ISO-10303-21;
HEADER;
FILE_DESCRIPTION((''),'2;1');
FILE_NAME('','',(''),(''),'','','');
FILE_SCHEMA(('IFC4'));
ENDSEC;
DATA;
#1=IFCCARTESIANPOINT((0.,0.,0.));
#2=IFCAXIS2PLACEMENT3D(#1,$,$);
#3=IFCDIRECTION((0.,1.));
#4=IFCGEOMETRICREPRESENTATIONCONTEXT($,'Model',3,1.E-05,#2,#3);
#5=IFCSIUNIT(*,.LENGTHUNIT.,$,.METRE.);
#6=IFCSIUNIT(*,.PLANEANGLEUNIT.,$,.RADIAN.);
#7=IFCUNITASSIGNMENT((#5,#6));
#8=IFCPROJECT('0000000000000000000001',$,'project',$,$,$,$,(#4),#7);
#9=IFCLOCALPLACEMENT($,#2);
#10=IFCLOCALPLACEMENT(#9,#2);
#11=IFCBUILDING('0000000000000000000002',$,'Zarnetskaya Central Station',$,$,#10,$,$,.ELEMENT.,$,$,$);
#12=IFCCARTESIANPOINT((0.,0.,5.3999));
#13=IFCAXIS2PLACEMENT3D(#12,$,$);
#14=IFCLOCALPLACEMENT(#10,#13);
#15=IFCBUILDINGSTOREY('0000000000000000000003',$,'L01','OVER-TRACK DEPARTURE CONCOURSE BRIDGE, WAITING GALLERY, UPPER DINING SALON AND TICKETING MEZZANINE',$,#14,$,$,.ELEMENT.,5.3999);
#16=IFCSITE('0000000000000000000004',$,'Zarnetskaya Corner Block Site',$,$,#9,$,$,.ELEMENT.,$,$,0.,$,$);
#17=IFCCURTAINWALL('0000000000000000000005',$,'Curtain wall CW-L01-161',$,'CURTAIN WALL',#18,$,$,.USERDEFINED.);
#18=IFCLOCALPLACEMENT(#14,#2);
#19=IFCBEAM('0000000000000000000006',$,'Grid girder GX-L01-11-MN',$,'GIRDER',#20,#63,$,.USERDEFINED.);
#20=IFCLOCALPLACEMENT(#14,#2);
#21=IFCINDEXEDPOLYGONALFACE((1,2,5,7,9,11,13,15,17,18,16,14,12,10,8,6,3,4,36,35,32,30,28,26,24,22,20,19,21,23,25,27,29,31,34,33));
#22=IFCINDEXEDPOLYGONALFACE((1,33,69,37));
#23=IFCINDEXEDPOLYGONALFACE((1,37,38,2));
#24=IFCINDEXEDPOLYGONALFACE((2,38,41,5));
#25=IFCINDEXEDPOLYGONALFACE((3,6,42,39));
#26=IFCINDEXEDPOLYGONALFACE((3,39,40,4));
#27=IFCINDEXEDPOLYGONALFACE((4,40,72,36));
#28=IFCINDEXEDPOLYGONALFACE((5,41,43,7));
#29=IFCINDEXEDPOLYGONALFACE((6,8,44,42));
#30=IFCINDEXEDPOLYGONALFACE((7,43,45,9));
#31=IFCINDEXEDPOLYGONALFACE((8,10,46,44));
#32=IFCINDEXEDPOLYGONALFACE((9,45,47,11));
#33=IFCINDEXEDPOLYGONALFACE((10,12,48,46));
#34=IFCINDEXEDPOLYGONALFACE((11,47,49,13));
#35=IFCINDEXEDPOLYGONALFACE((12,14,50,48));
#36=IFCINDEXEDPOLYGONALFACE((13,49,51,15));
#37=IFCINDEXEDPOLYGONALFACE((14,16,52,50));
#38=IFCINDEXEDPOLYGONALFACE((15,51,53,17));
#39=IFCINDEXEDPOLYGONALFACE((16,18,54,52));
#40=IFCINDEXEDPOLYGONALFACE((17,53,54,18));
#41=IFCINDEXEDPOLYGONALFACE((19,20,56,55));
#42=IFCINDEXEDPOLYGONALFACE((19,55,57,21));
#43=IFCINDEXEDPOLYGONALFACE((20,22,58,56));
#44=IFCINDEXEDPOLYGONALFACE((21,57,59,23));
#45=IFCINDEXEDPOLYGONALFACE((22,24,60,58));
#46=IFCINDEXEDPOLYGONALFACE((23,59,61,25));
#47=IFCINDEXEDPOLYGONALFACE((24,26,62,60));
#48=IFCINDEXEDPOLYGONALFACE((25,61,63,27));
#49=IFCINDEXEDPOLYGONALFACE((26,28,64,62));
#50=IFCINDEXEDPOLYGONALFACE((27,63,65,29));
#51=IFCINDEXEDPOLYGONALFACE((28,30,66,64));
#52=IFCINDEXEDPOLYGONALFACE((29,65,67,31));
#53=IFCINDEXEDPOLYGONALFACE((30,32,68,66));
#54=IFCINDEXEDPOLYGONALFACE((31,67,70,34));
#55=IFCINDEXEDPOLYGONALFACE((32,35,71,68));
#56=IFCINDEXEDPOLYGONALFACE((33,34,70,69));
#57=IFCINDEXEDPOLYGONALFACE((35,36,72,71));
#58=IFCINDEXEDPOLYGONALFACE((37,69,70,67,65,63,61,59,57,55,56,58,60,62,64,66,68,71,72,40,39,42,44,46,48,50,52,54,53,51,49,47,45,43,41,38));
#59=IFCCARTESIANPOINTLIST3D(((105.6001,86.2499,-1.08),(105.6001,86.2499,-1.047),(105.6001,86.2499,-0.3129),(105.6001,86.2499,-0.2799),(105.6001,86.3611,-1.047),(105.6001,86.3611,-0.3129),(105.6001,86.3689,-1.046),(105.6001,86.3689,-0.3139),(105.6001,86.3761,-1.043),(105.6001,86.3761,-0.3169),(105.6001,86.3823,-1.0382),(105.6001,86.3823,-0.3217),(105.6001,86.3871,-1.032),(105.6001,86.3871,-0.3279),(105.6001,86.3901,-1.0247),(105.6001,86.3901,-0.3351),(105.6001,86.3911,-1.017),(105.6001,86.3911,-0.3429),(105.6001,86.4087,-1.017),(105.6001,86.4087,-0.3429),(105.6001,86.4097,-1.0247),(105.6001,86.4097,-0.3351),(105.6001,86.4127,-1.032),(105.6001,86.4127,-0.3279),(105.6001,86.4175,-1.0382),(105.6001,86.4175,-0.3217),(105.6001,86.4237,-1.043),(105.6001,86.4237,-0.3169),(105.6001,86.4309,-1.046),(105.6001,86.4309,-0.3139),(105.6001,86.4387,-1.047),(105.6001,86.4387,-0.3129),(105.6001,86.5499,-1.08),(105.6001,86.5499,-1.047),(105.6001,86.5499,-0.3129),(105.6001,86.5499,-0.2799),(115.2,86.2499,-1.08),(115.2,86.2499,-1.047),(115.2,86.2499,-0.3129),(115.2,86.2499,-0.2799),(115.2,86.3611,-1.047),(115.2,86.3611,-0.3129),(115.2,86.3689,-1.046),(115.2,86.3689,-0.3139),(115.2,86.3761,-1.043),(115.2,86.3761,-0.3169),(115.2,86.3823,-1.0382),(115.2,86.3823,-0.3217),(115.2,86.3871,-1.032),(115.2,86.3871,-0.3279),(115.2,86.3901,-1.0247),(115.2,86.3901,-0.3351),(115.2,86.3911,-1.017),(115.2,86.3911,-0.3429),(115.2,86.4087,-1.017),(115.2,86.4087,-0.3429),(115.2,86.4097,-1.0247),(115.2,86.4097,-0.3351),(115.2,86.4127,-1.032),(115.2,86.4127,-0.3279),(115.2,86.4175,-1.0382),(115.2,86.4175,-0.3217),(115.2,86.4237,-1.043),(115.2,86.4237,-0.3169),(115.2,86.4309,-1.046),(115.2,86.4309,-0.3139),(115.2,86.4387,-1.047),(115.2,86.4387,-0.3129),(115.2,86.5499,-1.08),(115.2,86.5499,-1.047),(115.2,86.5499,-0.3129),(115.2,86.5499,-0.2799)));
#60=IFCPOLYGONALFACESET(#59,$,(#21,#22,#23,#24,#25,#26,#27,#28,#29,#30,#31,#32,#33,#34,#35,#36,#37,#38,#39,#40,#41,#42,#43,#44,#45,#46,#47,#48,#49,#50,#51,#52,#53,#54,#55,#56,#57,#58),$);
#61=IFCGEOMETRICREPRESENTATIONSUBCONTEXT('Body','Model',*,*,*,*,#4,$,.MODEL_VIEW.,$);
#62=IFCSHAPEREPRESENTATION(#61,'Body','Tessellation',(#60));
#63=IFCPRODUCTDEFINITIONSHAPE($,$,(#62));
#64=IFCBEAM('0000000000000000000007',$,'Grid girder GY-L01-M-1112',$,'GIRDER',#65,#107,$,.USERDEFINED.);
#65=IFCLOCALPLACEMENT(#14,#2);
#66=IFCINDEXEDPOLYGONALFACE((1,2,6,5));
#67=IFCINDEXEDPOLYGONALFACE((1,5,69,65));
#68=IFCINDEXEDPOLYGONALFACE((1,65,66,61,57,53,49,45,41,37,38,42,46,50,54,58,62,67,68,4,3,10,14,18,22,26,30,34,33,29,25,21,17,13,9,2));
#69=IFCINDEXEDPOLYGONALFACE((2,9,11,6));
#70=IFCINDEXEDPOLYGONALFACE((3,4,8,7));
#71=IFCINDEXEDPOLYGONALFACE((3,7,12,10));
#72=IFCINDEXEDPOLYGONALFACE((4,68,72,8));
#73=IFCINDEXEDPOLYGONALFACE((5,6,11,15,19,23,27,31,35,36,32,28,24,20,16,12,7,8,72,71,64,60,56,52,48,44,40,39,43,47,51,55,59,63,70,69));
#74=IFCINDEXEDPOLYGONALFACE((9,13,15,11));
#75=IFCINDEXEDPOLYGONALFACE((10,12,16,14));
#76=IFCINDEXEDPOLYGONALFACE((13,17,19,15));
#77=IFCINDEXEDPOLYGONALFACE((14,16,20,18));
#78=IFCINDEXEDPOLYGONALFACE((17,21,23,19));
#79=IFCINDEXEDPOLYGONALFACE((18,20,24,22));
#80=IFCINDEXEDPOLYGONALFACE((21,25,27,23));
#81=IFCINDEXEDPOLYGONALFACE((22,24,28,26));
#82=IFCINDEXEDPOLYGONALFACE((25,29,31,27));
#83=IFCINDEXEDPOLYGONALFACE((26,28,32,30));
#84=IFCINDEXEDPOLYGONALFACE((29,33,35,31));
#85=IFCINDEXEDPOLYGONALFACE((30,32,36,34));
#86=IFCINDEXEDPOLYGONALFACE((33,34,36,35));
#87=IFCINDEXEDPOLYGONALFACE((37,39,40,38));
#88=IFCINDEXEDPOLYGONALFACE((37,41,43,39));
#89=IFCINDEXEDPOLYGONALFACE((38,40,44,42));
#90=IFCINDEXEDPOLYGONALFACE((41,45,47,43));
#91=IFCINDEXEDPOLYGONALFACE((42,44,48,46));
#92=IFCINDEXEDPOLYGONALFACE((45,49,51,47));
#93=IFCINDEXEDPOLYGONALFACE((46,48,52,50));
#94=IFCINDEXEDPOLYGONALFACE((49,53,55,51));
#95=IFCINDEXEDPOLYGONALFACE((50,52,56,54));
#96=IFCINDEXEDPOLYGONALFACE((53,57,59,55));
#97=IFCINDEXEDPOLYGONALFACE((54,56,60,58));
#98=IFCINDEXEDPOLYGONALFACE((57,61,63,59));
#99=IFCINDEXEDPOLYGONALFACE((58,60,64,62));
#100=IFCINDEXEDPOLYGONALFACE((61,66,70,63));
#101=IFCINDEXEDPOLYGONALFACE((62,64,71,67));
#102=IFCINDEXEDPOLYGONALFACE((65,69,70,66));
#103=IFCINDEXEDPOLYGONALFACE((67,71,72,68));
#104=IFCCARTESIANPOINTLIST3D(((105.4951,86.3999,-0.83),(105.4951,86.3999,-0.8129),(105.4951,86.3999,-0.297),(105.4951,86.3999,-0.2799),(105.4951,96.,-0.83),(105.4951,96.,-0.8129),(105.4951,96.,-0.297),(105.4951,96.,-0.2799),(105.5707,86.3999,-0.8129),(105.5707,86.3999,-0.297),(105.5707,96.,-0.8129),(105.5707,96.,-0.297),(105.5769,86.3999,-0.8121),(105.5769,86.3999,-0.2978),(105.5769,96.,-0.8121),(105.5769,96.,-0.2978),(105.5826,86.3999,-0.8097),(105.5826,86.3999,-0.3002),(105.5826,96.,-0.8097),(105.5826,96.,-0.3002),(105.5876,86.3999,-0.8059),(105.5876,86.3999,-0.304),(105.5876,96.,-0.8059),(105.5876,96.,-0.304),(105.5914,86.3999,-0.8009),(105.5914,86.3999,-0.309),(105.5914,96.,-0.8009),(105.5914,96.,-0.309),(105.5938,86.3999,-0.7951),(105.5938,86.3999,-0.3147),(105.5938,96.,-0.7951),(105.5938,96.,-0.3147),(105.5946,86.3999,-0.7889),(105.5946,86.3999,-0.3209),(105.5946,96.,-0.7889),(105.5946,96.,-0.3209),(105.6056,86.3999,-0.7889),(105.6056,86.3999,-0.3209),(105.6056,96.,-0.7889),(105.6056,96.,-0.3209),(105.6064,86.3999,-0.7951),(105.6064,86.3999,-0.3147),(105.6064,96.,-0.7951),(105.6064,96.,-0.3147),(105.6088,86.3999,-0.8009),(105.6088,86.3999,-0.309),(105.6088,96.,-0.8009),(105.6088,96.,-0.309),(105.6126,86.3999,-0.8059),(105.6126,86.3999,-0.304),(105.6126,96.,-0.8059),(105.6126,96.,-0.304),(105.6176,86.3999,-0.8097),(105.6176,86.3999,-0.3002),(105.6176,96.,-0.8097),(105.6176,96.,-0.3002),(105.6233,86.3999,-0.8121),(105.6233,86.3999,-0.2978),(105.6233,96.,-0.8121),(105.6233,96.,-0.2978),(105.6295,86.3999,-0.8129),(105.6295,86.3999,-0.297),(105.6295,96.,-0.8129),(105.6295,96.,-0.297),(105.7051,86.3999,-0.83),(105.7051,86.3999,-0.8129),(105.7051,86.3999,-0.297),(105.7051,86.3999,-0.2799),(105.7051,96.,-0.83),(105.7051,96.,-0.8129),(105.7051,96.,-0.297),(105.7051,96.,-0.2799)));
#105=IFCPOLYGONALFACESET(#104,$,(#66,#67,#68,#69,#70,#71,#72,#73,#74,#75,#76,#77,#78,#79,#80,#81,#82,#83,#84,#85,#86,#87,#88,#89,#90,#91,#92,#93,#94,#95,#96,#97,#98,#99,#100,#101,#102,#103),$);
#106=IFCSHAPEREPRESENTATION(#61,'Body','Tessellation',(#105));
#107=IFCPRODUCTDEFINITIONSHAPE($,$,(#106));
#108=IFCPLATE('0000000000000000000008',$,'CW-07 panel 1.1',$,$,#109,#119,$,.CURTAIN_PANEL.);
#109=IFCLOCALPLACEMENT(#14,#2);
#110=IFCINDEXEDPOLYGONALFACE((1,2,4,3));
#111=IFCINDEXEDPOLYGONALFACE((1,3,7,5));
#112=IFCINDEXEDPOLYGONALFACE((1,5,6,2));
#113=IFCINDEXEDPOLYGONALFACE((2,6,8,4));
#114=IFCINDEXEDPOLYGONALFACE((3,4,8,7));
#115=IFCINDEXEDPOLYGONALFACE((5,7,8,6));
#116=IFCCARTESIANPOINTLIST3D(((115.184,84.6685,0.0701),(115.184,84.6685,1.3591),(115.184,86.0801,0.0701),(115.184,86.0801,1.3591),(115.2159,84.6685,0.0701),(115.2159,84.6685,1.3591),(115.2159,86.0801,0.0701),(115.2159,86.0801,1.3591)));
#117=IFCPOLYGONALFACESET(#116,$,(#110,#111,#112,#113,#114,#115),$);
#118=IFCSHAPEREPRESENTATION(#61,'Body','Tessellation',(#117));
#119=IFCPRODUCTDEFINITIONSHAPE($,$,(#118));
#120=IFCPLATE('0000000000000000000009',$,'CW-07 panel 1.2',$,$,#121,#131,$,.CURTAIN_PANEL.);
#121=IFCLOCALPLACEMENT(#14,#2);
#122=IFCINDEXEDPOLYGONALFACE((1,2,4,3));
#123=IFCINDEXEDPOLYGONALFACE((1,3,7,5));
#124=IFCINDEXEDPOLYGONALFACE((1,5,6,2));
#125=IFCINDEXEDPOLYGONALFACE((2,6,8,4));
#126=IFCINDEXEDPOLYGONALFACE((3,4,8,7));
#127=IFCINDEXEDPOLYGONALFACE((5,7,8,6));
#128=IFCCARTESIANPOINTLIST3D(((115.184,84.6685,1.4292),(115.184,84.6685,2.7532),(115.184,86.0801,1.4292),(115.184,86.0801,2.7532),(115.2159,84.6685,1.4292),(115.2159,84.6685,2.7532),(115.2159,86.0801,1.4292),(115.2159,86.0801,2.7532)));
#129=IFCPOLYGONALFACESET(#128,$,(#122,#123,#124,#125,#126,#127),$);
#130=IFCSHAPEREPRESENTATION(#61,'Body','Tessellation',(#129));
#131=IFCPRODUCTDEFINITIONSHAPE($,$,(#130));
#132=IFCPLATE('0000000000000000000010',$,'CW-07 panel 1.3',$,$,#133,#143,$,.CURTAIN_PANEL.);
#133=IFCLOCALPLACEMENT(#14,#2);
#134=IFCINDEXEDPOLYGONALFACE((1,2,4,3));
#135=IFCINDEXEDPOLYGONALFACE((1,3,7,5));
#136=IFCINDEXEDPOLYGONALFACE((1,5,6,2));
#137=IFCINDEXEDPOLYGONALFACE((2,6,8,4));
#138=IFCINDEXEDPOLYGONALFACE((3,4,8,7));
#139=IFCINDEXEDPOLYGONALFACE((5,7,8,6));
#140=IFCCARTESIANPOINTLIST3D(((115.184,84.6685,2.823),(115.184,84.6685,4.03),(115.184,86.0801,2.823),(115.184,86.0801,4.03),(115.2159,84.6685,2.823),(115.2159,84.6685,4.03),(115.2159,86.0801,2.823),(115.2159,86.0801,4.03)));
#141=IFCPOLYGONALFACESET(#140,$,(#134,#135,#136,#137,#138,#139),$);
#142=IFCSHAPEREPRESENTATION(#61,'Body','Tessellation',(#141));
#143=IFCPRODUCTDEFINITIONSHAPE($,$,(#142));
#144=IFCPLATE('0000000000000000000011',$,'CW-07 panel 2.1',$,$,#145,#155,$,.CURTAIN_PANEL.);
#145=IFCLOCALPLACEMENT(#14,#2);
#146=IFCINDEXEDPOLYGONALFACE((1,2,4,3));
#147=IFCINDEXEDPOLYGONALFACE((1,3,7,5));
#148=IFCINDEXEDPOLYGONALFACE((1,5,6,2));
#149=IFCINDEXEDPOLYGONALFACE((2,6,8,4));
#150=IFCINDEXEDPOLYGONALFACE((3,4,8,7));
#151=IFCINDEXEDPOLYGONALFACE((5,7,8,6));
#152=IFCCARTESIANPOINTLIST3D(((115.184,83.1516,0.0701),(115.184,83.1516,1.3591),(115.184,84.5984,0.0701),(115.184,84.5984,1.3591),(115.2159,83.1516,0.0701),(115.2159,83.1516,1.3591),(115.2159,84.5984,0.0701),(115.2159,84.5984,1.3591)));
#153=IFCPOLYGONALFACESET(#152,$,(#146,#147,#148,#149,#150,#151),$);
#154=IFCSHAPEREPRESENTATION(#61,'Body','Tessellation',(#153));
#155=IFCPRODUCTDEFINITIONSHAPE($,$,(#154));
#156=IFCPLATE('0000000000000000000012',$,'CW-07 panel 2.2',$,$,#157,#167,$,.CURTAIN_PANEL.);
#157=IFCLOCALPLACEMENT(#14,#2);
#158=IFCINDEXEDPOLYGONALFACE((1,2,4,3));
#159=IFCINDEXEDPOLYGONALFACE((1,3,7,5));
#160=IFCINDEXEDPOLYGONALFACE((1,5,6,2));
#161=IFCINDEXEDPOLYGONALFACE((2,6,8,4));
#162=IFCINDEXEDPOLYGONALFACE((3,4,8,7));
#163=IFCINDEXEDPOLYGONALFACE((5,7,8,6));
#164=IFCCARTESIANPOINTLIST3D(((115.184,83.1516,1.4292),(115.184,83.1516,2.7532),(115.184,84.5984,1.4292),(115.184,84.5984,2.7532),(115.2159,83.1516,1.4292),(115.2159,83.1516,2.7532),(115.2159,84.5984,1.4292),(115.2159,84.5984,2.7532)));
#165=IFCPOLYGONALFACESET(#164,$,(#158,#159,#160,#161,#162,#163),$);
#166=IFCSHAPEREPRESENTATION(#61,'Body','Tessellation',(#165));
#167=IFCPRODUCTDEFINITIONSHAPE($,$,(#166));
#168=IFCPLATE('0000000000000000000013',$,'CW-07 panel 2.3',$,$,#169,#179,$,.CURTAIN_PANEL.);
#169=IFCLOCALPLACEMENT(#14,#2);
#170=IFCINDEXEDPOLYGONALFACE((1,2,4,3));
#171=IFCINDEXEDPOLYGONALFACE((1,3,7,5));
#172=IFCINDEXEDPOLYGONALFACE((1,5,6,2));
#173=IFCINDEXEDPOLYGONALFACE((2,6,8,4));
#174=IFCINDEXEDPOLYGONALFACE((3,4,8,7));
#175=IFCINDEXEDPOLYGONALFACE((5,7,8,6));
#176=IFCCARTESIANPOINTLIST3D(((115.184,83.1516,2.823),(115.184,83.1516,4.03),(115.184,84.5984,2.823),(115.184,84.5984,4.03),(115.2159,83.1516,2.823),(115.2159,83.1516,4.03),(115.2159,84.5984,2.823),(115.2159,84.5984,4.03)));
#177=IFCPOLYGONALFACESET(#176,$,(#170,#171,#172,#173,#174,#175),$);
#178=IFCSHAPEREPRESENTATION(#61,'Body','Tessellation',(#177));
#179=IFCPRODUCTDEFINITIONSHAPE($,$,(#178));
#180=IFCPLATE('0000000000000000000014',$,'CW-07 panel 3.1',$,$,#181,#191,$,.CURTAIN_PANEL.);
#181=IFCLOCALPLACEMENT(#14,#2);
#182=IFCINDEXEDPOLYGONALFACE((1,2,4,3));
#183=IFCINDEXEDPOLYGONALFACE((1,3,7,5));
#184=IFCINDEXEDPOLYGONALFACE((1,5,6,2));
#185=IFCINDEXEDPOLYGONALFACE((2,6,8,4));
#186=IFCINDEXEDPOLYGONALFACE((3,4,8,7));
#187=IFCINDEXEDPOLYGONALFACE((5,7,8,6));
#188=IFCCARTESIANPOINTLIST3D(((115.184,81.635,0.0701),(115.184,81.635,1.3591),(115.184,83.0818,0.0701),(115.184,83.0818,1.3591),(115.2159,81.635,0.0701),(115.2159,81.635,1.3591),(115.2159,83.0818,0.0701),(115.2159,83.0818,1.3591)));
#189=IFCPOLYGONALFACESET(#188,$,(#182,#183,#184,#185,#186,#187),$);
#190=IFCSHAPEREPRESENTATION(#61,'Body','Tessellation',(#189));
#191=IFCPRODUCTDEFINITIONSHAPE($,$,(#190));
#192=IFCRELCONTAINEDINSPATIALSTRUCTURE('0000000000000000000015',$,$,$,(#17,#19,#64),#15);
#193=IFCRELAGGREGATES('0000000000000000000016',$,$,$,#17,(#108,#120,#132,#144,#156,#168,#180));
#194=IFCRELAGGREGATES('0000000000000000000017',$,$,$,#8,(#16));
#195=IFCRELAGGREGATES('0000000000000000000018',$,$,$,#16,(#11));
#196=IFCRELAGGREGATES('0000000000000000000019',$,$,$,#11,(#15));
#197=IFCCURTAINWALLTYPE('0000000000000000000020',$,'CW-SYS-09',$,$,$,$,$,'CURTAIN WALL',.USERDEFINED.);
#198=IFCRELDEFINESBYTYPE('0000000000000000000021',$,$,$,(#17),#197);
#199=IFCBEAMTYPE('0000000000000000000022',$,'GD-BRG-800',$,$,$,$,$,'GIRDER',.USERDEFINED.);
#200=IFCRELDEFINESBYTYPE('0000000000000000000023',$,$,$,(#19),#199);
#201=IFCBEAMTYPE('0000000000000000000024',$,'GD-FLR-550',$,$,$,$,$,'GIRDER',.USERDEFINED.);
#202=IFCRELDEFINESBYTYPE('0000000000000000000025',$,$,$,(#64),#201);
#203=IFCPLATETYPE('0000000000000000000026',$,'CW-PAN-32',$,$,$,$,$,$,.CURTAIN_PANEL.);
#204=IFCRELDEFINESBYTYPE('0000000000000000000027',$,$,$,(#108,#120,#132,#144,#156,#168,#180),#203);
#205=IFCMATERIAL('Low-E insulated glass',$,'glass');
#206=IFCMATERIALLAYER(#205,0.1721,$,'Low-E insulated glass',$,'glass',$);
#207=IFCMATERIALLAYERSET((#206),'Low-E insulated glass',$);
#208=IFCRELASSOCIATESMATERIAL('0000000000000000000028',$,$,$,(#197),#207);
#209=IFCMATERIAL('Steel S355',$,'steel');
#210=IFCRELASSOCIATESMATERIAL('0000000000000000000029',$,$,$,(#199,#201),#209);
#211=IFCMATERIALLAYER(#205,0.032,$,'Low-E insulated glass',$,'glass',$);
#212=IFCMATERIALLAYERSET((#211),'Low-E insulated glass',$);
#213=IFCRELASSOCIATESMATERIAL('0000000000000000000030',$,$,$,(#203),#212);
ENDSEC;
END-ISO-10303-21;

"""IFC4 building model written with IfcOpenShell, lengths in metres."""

from ifc_helpers import new_model, si_unit, direction, frame, origin, origin_2d, place, context, subcontext, project, spatial, rectangle, i_section, extrude, material, layer, layer_set, material_profile, profile_set, type_object, element, aggregate, save


model = new_model("IFC4")

# Units and contexts
model_context = context("Model", 3, precision=1e-05, world=origin(), true_north=direction((0.0, 1.0)))
body_context = subcontext(model_context, "Body", "Model", "MODEL_VIEW")
ifc_project = project(units=[si_unit("LENGTHUNIT", "METRE"), si_unit("PLANEANGLEUNIT", "RADIAN")], contexts=[model_context])

# Site, building, storey
site_placement = place(None, origin())
site = spatial("IfcSite", under=ifc_project, at=site_placement, Name="Zarnetskaya Corner Block Site", CompositionType="ELEMENT", RefElevation=0.0)
building_placement = place(site_placement, origin())
building = spatial("IfcBuilding", under=site, at=building_placement, Name="Zarnetskaya Central Station", CompositionType="ELEMENT")
storey_placement = place(building_placement, frame((0.0, 0.0, 5.3999)))
storey = spatial("IfcBuildingStorey", under=building, at=storey_placement, Name="L01", Description="OVER-TRACK DEPARTURE CONCOURSE BRIDGE, WAITING GALLERY, UPPER DINING SALON AND TICKETING MEZZANINE", CompositionType="ELEMENT", Elevation=5.3999)

# Shared definitions
ifc_material_1 = material(Name="Steel S355", Category="steel")

# Curtain wall
ifc_material_2 = material(Name="Low-E insulated glass", Category="glass")
ifc_layer_1 = layer(ifc_material_2, 0.1721, Name="Low-E insulated glass", Category="glass")
ifc_layer_set_1 = layer_set([ifc_layer_1], Name="Low-E insulated glass")
curtain_wall_type = type_object("IfcCurtainWallType", Name="CW-SYS-09", ElementType="CURTAIN WALL", PredefinedType="USERDEFINED", material=ifc_layer_set_1)
curtain_wall_placement = place(storey_placement, origin())
curtain_wall = element("IfcCurtainWall", 1, at=curtain_wall_placement, inside=storey, type_object=curtain_wall_type, Name="Curtain wall CW-L01-161", ObjectType="CURTAIN WALL", PredefinedType="USERDEFINED")

# Beams
ifc_material_profile_1 = material_profile(ifc_material_1, i_section(OverallWidth=0.3, OverallDepth=0.8, WebThickness=0.0176, FlangeThickness=0.033, FilletRadius=0.03, at=origin_2d()), Name="HEB 800")
ifc_profile_set_1 = profile_set([ifc_material_profile_1], Name="Steel S355")
beam_type_1 = type_object("IfcBeamType", Name="GD-BRG-800", ElementType="GIRDER", PredefinedType="USERDEFINED", material=ifc_profile_set_1)
beam_1_placement = place(storey_placement, frame((105.6001, 86.3999, -0.6799), z_axis=(1.0, 0.0, 0.0), x_axis=(0.0, 1.0, 0.0)))
element("IfcBeam", 2, at=beam_1_placement, inside=storey, type_object=beam_type_1, Name="Grid girder GX-L01-11-MN", ObjectType="GIRDER", PredefinedType="USERDEFINED", context=body_context, shape_type="SweptSolid", body=[
    extrude(i_section(OverallWidth=0.3, OverallDepth=0.8, WebThickness=0.0176, FlangeThickness=0.033, FilletRadius=0.03, at=origin_2d()), origin(), (0.0, 0.0, 1.0), 9.5999),
])
ifc_material_profile_2 = material_profile(ifc_material_1, i_section(OverallWidth=0.21, OverallDepth=0.55, WebThickness=0.011, FlangeThickness=0.0171, FilletRadius=0.0239, at=origin_2d()), Name="IPE 550")
ifc_profile_set_2 = profile_set([ifc_material_profile_2], Name="Steel S355")
beam_type_2 = type_object("IfcBeamType", Name="GD-FLR-550", ElementType="GIRDER", PredefinedType="USERDEFINED", material=ifc_profile_set_2)
beam_2_placement = place(storey_placement, frame((105.6001, 86.3999, -0.5549), z_axis=(0.0, 1.0, 0.0), x_axis=(-1.0, 0.0, 0.0)))
element("IfcBeam", 3, at=beam_2_placement, inside=storey, type_object=beam_type_2, Name="Grid girder GY-L01-M-1112", ObjectType="GIRDER", PredefinedType="USERDEFINED", context=body_context, shape_type="SweptSolid", body=[
    extrude(i_section(OverallWidth=0.21, OverallDepth=0.55, WebThickness=0.011, FlangeThickness=0.0171, FilletRadius=0.0239, at=origin_2d()), origin(), (0.0, 0.0, 1.0), 9.6001),
])

# Plates
ifc_layer_2 = layer(ifc_material_2, 0.032, Name="Low-E insulated glass", Category="glass")
ifc_layer_set_2 = layer_set([ifc_layer_2], Name="Low-E insulated glass")
plate_type = type_object("IfcPlateType", Name="CW-PAN-32", PredefinedType="CURTAIN_PANEL", material=ifc_layer_set_2)
plate_1_placement = place(storey_placement, frame((115.2, 85.3743, 0.0701), z_axis=(0.0, 0.0, 1.0), x_axis=(0.0, -1.0, 0.0)))
plate_1 = element("IfcPlate", 4, at=plate_1_placement, type_object=plate_type, Name="CW-07 panel 1.1", PredefinedType="CURTAIN_PANEL", context=body_context, shape_type="SweptSolid", body=[
    extrude(rectangle(XDim=1.4116, YDim=0.032, at=origin_2d()), origin(), (0.0, 0.0, 1.0), 1.2891),
])
plate_2_placement = place(storey_placement, frame((115.2, 85.3743, 1.4292), z_axis=(0.0, 0.0, 1.0), x_axis=(0.0, -1.0, 0.0)))
plate_2 = element("IfcPlate", 5, at=plate_2_placement, type_object=plate_type, Name="CW-07 panel 1.2", PredefinedType="CURTAIN_PANEL", context=body_context, shape_type="SweptSolid", body=[
    extrude(rectangle(XDim=1.4116, YDim=0.032, at=origin_2d()), origin(), (0.0, 0.0, 1.0), 1.324),
])
plate_3_placement = place(storey_placement, frame((115.2, 85.3743, 2.823), z_axis=(0.0, 0.0, 1.0), x_axis=(0.0, -1.0, 0.0)))
plate_3 = element("IfcPlate", 6, at=plate_3_placement, type_object=plate_type, Name="CW-07 panel 1.3", PredefinedType="CURTAIN_PANEL", context=body_context, shape_type="SweptSolid", body=[
    extrude(rectangle(XDim=1.4116, YDim=0.032, at=origin_2d()), origin(), (0.0, 0.0, 1.0), 1.207),
])
plate_4_placement = place(storey_placement, frame((115.2, 83.875, 0.0701), z_axis=(0.0, 0.0, 1.0), x_axis=(0.0, -1.0, 0.0)))
plate_4 = element("IfcPlate", 7, at=plate_4_placement, type_object=plate_type, Name="CW-07 panel 2.1", PredefinedType="CURTAIN_PANEL", context=body_context, shape_type="SweptSolid", body=[
    extrude(rectangle(XDim=1.4468, YDim=0.032, at=origin_2d()), origin(), (0.0, 0.0, 1.0), 1.2891),
])
plate_5_placement = place(storey_placement, frame((115.2, 83.875, 1.4292), z_axis=(0.0, 0.0, 1.0), x_axis=(0.0, -1.0, 0.0)))
plate_5 = element("IfcPlate", 8, at=plate_5_placement, type_object=plate_type, Name="CW-07 panel 2.2", PredefinedType="CURTAIN_PANEL", context=body_context, shape_type="SweptSolid", body=[
    extrude(rectangle(XDim=1.4468, YDim=0.032, at=origin_2d()), origin(), (0.0, 0.0, 1.0), 1.324),
])
plate_6_placement = place(storey_placement, frame((115.2, 83.875, 2.823), z_axis=(0.0, 0.0, 1.0), x_axis=(0.0, -1.0, 0.0)))
plate_6 = element("IfcPlate", 9, at=plate_6_placement, type_object=plate_type, Name="CW-07 panel 2.3", PredefinedType="CURTAIN_PANEL", context=body_context, shape_type="SweptSolid", body=[
    extrude(rectangle(XDim=1.4468, YDim=0.032, at=origin_2d()), origin(), (0.0, 0.0, 1.0), 1.207),
])
plate_7_placement = place(storey_placement, frame((115.2, 82.3584, 0.0701), z_axis=(0.0, 0.0, 1.0), x_axis=(0.0, -1.0, 0.0)))
plate_7 = element("IfcPlate", 10, at=plate_7_placement, type_object=plate_type, Name="CW-07 panel 3.1", PredefinedType="CURTAIN_PANEL", context=body_context, shape_type="SweptSolid", body=[
    extrude(rectangle(XDim=1.4468, YDim=0.032, at=origin_2d()), origin(), (0.0, 0.0, 1.0), 1.2891),
])
aggregate(curtain_wall, [plate_1, plate_2, plate_3, plate_4, plate_5, plate_6, plate_7])

save(model, "model.ifc")
